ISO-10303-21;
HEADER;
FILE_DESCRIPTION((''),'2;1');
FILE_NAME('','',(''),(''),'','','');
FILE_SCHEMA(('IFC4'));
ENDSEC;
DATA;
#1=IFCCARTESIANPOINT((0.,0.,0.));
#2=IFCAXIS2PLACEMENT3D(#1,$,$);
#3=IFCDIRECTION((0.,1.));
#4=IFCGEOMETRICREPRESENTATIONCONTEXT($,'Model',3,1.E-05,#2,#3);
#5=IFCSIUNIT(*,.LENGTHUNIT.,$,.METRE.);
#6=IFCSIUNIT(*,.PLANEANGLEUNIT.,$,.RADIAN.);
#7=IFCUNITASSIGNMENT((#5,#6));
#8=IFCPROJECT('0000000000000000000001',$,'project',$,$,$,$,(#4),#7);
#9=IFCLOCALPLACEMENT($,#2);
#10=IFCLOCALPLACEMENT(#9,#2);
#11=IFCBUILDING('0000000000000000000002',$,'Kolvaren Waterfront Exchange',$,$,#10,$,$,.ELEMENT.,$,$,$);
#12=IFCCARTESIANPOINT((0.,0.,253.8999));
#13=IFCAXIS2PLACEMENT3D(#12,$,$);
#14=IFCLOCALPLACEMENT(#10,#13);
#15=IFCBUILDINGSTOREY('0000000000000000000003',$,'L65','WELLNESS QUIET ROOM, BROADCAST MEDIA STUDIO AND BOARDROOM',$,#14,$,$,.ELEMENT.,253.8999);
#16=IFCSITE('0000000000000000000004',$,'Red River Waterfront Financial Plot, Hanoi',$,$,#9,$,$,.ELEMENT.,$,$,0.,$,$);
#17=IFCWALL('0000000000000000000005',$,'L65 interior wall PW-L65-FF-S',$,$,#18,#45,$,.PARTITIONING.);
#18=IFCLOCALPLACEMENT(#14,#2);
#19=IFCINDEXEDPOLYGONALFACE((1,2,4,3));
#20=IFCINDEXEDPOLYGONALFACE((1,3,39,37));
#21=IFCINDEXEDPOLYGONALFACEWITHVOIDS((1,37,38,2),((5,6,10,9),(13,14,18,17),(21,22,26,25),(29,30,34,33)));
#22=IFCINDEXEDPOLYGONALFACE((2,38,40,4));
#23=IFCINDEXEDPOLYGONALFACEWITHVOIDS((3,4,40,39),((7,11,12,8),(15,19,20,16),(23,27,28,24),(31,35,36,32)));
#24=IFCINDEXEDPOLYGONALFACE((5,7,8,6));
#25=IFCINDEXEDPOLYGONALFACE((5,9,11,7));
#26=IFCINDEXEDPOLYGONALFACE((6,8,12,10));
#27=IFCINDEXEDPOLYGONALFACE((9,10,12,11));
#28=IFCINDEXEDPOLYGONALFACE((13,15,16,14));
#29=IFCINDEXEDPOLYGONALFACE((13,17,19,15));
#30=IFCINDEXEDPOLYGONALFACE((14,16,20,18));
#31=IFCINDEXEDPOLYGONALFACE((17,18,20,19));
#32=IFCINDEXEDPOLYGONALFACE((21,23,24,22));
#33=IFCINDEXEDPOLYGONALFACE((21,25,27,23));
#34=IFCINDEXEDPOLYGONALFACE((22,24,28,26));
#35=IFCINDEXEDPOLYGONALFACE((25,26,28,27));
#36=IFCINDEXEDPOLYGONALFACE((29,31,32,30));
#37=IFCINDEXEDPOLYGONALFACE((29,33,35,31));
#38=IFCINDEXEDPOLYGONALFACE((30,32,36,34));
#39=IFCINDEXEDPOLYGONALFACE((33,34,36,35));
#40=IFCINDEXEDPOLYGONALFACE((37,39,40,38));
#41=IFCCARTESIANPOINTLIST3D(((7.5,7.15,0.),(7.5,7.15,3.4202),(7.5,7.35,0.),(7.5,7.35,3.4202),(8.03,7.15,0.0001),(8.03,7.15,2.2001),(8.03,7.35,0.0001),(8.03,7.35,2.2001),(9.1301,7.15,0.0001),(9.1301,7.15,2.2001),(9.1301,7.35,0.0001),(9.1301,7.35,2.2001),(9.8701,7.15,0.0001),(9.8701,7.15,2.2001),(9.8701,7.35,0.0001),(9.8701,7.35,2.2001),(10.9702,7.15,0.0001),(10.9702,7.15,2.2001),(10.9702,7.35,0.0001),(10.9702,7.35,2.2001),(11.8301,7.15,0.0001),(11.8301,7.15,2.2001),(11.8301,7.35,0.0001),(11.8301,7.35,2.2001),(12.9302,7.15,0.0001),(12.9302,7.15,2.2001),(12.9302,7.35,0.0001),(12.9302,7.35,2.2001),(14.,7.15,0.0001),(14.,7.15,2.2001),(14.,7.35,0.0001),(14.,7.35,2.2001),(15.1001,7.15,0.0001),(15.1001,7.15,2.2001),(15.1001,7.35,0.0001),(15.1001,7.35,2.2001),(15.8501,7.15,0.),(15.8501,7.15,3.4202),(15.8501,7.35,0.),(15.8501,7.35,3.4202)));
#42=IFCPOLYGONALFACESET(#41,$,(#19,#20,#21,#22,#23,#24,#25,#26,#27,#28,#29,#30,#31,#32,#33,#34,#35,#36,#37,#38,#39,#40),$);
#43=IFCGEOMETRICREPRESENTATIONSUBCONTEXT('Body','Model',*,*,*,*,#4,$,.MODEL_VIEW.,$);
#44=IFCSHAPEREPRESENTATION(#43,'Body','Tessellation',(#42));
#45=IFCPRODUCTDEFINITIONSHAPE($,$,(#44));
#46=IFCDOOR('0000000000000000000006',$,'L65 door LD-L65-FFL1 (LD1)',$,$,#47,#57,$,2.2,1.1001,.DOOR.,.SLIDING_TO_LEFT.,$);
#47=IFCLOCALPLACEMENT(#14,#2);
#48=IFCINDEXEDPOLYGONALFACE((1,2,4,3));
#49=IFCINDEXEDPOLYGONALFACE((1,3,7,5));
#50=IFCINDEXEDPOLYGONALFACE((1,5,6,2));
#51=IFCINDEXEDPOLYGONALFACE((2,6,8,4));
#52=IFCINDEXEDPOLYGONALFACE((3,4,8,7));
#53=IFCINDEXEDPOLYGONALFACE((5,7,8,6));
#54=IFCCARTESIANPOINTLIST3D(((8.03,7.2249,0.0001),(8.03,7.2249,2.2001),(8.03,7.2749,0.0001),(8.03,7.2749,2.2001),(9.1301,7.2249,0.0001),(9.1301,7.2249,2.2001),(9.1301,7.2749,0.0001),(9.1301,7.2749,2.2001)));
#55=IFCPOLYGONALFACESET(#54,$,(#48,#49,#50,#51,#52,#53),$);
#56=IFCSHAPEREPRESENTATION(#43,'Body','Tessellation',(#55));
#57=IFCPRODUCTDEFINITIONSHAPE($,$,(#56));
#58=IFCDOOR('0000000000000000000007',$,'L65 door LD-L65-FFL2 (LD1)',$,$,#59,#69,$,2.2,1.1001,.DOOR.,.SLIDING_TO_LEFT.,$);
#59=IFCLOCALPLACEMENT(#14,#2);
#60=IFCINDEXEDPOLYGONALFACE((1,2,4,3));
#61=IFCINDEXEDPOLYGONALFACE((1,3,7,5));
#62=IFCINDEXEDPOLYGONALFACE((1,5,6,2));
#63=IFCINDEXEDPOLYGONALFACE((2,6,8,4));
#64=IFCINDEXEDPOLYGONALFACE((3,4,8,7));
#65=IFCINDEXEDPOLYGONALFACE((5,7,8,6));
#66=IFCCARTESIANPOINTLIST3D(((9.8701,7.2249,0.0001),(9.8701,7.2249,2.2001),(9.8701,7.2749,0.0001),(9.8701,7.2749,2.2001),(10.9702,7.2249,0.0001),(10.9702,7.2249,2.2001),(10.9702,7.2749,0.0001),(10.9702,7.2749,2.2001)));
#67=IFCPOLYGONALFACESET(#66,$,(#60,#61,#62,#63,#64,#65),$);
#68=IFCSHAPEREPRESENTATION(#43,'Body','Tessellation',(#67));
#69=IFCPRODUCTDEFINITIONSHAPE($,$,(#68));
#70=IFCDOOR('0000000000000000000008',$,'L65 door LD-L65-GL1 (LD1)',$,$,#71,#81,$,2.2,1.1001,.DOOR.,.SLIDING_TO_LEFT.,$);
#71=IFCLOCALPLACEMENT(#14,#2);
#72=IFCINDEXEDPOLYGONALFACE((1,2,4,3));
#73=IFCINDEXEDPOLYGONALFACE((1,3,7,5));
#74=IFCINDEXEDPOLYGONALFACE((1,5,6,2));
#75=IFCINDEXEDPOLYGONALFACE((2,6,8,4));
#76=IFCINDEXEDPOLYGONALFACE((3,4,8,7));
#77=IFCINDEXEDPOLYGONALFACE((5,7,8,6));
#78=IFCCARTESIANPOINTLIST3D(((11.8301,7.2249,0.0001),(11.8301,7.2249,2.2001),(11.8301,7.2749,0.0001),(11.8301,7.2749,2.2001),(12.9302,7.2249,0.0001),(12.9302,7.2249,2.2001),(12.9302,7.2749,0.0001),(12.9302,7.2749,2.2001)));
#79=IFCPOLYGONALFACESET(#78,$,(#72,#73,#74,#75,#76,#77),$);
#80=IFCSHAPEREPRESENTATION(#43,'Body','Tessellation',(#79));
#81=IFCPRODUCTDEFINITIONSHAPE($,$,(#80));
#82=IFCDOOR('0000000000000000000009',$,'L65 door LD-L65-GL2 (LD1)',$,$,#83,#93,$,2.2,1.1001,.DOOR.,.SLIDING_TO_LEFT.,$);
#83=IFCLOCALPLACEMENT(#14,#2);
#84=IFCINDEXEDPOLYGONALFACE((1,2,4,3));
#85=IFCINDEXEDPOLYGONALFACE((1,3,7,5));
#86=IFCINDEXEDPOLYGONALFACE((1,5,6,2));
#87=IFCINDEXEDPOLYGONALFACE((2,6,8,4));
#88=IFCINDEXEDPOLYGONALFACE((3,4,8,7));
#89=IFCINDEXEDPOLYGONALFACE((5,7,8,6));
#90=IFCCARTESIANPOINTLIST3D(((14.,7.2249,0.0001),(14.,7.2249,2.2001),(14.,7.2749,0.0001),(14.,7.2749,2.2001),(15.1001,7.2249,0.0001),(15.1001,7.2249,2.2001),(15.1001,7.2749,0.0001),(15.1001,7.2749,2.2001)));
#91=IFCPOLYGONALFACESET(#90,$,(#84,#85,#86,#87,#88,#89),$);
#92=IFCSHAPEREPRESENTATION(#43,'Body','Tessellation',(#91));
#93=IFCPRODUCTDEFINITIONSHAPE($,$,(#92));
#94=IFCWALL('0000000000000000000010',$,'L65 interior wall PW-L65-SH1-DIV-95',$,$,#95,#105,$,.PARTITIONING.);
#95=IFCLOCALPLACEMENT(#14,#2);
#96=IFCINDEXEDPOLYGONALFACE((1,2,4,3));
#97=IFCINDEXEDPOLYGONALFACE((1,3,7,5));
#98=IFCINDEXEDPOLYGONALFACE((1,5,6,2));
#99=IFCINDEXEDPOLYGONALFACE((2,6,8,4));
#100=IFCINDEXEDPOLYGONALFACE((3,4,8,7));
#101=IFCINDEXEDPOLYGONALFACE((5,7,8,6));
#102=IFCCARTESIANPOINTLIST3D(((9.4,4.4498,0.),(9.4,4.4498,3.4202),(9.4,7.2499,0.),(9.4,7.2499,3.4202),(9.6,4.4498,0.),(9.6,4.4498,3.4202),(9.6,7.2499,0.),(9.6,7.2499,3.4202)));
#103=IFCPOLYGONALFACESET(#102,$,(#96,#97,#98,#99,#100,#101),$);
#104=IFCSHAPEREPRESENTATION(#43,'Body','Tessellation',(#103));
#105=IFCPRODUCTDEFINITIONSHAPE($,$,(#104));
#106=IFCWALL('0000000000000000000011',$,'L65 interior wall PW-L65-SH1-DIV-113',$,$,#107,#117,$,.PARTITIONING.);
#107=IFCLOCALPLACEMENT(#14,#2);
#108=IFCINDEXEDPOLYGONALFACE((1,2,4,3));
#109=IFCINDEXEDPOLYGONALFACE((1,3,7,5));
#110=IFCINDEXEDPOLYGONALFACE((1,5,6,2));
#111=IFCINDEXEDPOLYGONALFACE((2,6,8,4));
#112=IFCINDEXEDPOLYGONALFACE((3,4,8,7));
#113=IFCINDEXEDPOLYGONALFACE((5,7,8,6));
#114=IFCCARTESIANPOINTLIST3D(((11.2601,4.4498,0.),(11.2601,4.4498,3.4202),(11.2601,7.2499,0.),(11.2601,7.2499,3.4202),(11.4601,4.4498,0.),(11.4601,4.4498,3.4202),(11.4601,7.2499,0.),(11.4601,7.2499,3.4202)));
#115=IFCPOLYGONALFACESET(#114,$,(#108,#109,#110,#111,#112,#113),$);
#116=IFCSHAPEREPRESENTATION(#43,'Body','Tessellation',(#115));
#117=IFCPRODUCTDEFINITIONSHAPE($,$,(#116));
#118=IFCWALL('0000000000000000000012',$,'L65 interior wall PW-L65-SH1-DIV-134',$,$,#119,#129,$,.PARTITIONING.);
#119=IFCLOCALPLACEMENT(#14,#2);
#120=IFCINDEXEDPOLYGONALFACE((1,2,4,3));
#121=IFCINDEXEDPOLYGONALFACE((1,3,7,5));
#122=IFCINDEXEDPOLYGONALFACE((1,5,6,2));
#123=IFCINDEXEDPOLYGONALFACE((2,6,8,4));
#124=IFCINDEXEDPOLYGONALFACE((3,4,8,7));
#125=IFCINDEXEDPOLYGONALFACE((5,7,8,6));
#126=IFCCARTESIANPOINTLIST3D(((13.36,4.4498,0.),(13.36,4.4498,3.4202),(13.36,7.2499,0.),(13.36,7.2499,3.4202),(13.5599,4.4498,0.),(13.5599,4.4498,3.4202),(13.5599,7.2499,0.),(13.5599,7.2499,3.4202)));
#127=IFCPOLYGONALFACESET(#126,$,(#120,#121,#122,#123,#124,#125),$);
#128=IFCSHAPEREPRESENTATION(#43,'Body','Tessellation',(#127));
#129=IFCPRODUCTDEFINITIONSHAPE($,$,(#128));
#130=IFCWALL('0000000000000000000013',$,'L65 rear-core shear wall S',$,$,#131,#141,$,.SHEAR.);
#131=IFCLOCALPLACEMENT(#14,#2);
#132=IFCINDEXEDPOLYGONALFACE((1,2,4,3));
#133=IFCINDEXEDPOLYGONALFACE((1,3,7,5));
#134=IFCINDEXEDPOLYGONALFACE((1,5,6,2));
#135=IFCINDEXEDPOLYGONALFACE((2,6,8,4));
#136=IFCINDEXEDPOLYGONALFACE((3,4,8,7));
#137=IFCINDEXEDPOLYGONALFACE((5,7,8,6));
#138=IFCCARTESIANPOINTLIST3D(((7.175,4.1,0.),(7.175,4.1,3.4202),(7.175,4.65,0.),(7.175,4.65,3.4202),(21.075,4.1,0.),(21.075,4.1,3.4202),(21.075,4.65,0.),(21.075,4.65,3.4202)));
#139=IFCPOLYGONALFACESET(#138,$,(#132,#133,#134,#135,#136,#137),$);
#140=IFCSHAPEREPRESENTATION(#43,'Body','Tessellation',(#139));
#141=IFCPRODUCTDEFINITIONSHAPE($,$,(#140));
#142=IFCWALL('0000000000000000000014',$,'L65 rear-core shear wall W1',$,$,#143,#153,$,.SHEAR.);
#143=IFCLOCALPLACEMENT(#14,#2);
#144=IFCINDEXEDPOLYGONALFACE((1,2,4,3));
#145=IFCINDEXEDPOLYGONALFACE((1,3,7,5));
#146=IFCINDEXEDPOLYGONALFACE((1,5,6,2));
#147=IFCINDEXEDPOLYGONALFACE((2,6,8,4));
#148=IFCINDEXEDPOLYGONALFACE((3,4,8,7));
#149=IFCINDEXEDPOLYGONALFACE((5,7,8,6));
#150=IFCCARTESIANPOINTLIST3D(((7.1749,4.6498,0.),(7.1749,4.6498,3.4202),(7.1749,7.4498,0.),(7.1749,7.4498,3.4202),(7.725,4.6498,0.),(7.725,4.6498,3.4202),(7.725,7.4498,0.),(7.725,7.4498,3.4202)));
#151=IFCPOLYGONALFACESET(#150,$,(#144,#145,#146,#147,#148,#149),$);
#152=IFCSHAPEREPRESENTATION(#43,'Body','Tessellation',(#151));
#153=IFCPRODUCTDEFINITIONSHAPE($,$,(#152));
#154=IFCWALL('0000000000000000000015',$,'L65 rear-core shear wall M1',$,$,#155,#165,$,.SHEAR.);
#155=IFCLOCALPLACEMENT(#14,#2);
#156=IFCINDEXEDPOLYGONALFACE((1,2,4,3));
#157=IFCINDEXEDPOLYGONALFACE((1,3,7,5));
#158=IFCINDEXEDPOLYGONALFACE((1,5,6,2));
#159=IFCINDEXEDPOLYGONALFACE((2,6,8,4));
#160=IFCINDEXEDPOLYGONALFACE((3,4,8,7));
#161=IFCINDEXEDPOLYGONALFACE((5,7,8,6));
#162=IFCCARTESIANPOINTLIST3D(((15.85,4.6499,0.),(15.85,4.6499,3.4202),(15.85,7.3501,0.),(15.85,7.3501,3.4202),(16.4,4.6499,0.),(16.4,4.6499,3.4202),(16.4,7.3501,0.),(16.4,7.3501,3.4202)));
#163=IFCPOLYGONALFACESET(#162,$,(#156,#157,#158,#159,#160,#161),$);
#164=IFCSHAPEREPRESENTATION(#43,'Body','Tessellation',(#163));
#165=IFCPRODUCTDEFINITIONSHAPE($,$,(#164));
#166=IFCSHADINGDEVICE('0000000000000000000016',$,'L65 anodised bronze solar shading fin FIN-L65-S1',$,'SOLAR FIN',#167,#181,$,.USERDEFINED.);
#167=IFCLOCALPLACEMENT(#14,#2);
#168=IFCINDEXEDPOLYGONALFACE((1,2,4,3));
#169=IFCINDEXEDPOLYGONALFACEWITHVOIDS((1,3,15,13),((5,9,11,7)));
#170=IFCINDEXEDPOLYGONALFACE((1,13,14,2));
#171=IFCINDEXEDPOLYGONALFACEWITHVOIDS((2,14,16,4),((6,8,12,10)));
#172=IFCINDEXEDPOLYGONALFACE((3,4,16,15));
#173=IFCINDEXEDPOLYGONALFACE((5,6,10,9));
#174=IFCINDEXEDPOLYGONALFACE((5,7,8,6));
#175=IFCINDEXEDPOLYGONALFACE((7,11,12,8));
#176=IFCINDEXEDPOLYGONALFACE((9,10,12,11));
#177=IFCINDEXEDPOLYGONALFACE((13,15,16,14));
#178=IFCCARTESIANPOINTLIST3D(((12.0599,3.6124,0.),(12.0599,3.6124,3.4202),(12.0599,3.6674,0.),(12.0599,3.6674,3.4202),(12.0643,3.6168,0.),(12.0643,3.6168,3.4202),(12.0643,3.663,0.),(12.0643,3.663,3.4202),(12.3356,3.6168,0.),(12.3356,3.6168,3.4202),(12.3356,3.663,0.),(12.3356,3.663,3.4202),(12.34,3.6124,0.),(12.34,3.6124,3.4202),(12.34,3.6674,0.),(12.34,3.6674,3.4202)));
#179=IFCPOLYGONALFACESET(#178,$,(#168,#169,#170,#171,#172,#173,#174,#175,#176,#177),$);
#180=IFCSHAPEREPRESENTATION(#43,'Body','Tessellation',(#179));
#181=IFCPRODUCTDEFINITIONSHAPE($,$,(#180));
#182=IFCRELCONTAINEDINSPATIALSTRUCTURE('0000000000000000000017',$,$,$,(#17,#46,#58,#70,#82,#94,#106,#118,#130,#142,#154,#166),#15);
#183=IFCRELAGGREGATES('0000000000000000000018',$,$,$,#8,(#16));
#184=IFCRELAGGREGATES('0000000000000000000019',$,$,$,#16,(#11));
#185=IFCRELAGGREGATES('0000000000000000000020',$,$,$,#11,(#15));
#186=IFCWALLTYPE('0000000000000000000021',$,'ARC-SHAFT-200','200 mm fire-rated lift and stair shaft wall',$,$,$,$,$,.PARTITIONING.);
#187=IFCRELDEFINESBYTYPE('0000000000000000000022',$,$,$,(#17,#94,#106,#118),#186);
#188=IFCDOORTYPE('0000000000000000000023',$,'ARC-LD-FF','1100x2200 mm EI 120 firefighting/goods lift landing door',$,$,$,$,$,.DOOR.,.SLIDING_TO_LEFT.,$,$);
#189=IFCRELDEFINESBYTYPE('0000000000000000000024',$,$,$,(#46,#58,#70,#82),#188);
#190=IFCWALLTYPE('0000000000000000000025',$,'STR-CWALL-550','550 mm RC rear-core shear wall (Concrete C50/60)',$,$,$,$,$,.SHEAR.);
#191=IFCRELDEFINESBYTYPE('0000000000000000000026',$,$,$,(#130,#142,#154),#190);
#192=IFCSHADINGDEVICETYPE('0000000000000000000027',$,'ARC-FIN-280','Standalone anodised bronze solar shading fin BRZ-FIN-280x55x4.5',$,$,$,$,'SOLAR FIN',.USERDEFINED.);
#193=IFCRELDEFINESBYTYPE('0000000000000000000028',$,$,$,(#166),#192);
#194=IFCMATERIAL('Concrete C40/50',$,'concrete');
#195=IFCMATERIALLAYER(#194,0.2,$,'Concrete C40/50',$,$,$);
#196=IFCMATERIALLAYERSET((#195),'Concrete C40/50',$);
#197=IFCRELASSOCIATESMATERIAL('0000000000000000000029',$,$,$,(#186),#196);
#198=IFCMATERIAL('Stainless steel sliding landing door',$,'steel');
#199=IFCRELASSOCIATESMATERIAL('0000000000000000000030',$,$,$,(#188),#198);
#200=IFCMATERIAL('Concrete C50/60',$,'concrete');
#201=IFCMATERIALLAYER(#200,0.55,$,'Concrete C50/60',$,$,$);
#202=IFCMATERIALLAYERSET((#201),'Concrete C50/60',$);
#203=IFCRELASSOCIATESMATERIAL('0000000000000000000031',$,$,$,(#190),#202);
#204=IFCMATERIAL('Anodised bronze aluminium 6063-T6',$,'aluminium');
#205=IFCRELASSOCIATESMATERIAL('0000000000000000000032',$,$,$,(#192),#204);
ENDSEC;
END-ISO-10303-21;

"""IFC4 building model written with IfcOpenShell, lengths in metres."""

from ifc_helpers import new_model, si_unit, direction, frame, frame_2d, origin, origin_2d, place, context, subcontext, project, spatial, rectangle, hollow_rectangle, extrude, material, layer, layer_set, material_profile, profile_set, type_object, element, fill, save


model = new_model("IFC4")

# Units and contexts
model_context = context("Model", 3, precision=1e-05, world=origin(), true_north=direction((0.0, 1.0)))
body_context = subcontext(model_context, "Body", "Model", "MODEL_VIEW")
ifc_project = project(units=[si_unit("LENGTHUNIT", "METRE"), si_unit("PLANEANGLEUNIT", "RADIAN")], contexts=[model_context])

# Site, building, storey
site_placement = place(None, origin())
site = spatial("IfcSite", under=ifc_project, at=site_placement, Name="Red River Waterfront Financial Plot, Hanoi", CompositionType="ELEMENT", RefElevation=0.0)
building_placement = place(site_placement, origin())
building = spatial("IfcBuilding", under=site, at=building_placement, Name="Kolvaren Waterfront Exchange", CompositionType="ELEMENT")
storey_placement = place(building_placement, frame((0.0, 0.0, 253.8999)))
storey = spatial("IfcBuildingStorey", under=building, at=storey_placement, Name="L65", Description="WELLNESS QUIET ROOM, BROADCAST MEDIA STUDIO AND BOARDROOM", CompositionType="ELEMENT", Elevation=253.8999)

# Shared definitions
ifc_material_1 = material(Name="Concrete C50/60", Category="concrete")

# Shared definitions
ifc_material_2 = material(Name="Anodised bronze aluminium 6063-T6", Category="aluminium")

# Shared definitions
ifc_material_3 = material(Name="Concrete C40/50", Category="concrete")
ifc_layer_1 = layer(ifc_material_3, 0.2, Name="Concrete C40/50")
ifc_layer_set_1 = layer_set([ifc_layer_1], Name="Concrete C40/50")
wall_type_1 = type_object("IfcWallType", Name="ARC-SHAFT-200", Description="200 mm fire-rated lift and stair shaft wall", PredefinedType="PARTITIONING", material=ifc_layer_set_1)

# Wall, openings, doors
wall_1_placement = place(storey_placement, frame((7.5, 7.25, 0.0), z_axis=(0.0, 0.0, 1.0), x_axis=(1.0, 0.0, 0.0)))
wall_1 = element("IfcWall", 1, at=wall_1_placement, inside=storey, type_object=wall_type_1, Name="L65 interior wall PW-L65-FF-S", PredefinedType="PARTITIONING", context=body_context, shape_type="SweptSolid", body=[
    extrude(rectangle(XDim=8.3501, YDim=0.2, at=frame_2d((4.175, 0.0))), origin(), (0.0, 0.0, 1.0), 3.4202),
])
opening_1_placement = place(wall_1_placement, frame((0.53, 0.0, 0.0)))
opening_1 = element("IfcOpeningElement", 2, at=opening_1_placement, cuts=wall_1, PredefinedType="OPENING", context=body_context, shape_type="SweptSolid", body=[
    extrude(rectangle(XDim=1.1001, YDim=2.2, at=frame_2d((0.55, 1.1001))), frame((0.0, 0.1099, 0.0), z_axis=(0.0, -1.0, 0.0), x_axis=(1.0, 0.0, 0.0)), (0.0, 0.0, 1.0), 0.22),
])
opening_2_placement = place(wall_1_placement, frame((2.3701, 0.0, 0.0)))
opening_2 = element("IfcOpeningElement", 3, at=opening_2_placement, cuts=wall_1, PredefinedType="OPENING", context=body_context, shape_type="SweptSolid", body=[
    extrude(rectangle(XDim=1.1001, YDim=2.2, at=frame_2d((0.55, 1.1001))), frame((0.0, 0.1099, 0.0), z_axis=(0.0, -1.0, 0.0), x_axis=(1.0, 0.0, 0.0)), (0.0, 0.0, 1.0), 0.22),
])
opening_3_placement = place(wall_1_placement, frame((4.3301, 0.0, 0.0)))
opening_3 = element("IfcOpeningElement", 4, at=opening_3_placement, cuts=wall_1, PredefinedType="OPENING", context=body_context, shape_type="SweptSolid", body=[
    extrude(rectangle(XDim=1.1001, YDim=2.2, at=frame_2d((0.55, 1.1001))), frame((0.0, 0.1099, 0.0), z_axis=(0.0, -1.0, 0.0), x_axis=(1.0, 0.0, 0.0)), (0.0, 0.0, 1.0), 0.22),
])
opening_4_placement = place(wall_1_placement, frame((6.5, 0.0, 0.0)))
opening_4 = element("IfcOpeningElement", 5, at=opening_4_placement, cuts=wall_1, PredefinedType="OPENING", context=body_context, shape_type="SweptSolid", body=[
    extrude(rectangle(XDim=1.1001, YDim=2.2, at=frame_2d((0.55, 1.1001))), frame((0.0, 0.1099, 0.0), z_axis=(0.0, -1.0, 0.0), x_axis=(1.0, 0.0, 0.0)), (0.0, 0.0, 1.0), 0.22),
])
ifc_material_4 = material(Name="Stainless steel sliding landing door", Category="steel")
door_type = type_object("IfcDoorType", Name="ARC-LD-FF", Description="1100x2200 mm EI 120 firefighting/goods lift landing door", OperationType="SLIDING_TO_LEFT", PredefinedType="DOOR", material=ifc_material_4)
door_1_placement = place(opening_1_placement, origin())
door_1 = element("IfcDoor", 6, at=door_1_placement, inside=storey, type_object=door_type, Name="L65 door LD-L65-FFL1 (LD1)", OperationType="SLIDING_TO_LEFT", OverallHeight=2.2, OverallWidth=1.1001, PredefinedType="DOOR", context=body_context, shape_type="SweptSolid", body=[
    extrude(rectangle(XDim=1.1001, YDim=2.2, at=frame_2d((0.55, 1.1001))), frame((0.0, 0.0249, 0.0), z_axis=(0.0, -1.0, 0.0), x_axis=(1.0, 0.0, 0.0)), (0.0, 0.0, 1.0), 0.05),
])
fill(opening_1, door_1)
door_2_placement = place(opening_2_placement, origin())
door_2 = element("IfcDoor", 7, at=door_2_placement, inside=storey, type_object=door_type, Name="L65 door LD-L65-FFL2 (LD1)", OperationType="SLIDING_TO_LEFT", OverallHeight=2.2, OverallWidth=1.1001, PredefinedType="DOOR", context=body_context, shape_type="SweptSolid", body=[
    extrude(rectangle(XDim=1.1001, YDim=2.2, at=frame_2d((0.55, 1.1001))), frame((0.0, 0.0249, 0.0), z_axis=(0.0, -1.0, 0.0), x_axis=(1.0, 0.0, 0.0)), (0.0, 0.0, 1.0), 0.05),
])
fill(opening_2, door_2)
door_3_placement = place(opening_3_placement, origin())
door_3 = element("IfcDoor", 8, at=door_3_placement, inside=storey, type_object=door_type, Name="L65 door LD-L65-GL1 (LD1)", OperationType="SLIDING_TO_LEFT", OverallHeight=2.2, OverallWidth=1.1001, PredefinedType="DOOR", context=body_context, shape_type="SweptSolid", body=[
    extrude(rectangle(XDim=1.1001, YDim=2.2, at=frame_2d((0.55, 1.1001))), frame((0.0, 0.0249, 0.0), z_axis=(0.0, -1.0, 0.0), x_axis=(1.0, 0.0, 0.0)), (0.0, 0.0, 1.0), 0.05),
])
fill(opening_3, door_3)
door_4_placement = place(opening_4_placement, origin())
door_4 = element("IfcDoor", 9, at=door_4_placement, inside=storey, type_object=door_type, Name="L65 door LD-L65-GL2 (LD1)", OperationType="SLIDING_TO_LEFT", OverallHeight=2.2, OverallWidth=1.1001, PredefinedType="DOOR", context=body_context, shape_type="SweptSolid", body=[
    extrude(rectangle(XDim=1.1001, YDim=2.2, at=frame_2d((0.55, 1.1001))), frame((0.0, 0.0249, 0.0), z_axis=(0.0, -1.0, 0.0), x_axis=(1.0, 0.0, 0.0)), (0.0, 0.0, 1.0), 0.05),
])
fill(opening_4, door_4)

# Walls
for number, where, z_axis, x_axis, name in (
    (10, (9.5, 4.45, 0.0), (0.0, 0.0, 1.0), (0.0, 1.0, 0.0), "L65 interior wall PW-L65-SH1-DIV-95"),
    (11, (11.3601, 4.45, 0.0), (0.0, 0.0, 1.0), (0.0, 1.0, 0.0), "L65 interior wall PW-L65-SH1-DIV-113"),
    (12, (13.46, 4.45, 0.0), (0.0, 0.0, 1.0), (0.0, 1.0, 0.0), "L65 interior wall PW-L65-SH1-DIV-134"),
):
    element("IfcWall", number, at=place(storey_placement, frame(where, z_axis=z_axis, x_axis=x_axis)), inside=storey, type_object=wall_type_1, Name=name, PredefinedType="PARTITIONING", context=body_context, shape_type="SweptSolid", body=[
        extrude(rectangle(XDim=2.8, YDim=0.2, at=frame_2d((1.3999, 0.0))), origin(), (0.0, 0.0, 1.0), 3.4202),
    ])
ifc_layer_2 = layer(ifc_material_1, 0.55, Name="Concrete C50/60")
ifc_layer_set_2 = layer_set([ifc_layer_2], Name="Concrete C50/60")
wall_type_2 = type_object("IfcWallType", Name="STR-CWALL-550", Description="550 mm RC rear-core shear wall (Concrete C50/60)", PredefinedType="SHEAR", material=ifc_layer_set_2)
wall_2_placement = place(storey_placement, frame((7.175, 4.375, 0.0), z_axis=(0.0, 0.0, 1.0), x_axis=(1.0, 0.0, 0.0)))
element("IfcWall", 13, at=wall_2_placement, inside=storey, type_object=wall_type_2, Name="L65 rear-core shear wall S", PredefinedType="SHEAR", context=body_context, shape_type="SweptSolid", body=[
    extrude(rectangle(XDim=13.8999, YDim=0.55, at=frame_2d((6.95, 0.0))), origin(), (0.0, 0.0, 1.0), 3.4202),
])
wall_3_placement = place(storey_placement, frame((7.45, 4.6499, 0.0), z_axis=(0.0, 0.0, 1.0), x_axis=(0.0, 1.0, 0.0)))
element("IfcWall", 14, at=wall_3_placement, inside=storey, type_object=wall_type_2, Name="L65 rear-core shear wall W1", PredefinedType="SHEAR", context=body_context, shape_type="SweptSolid", body=[
    extrude(rectangle(XDim=2.8, YDim=0.55, at=frame_2d((1.3999, 0.0))), origin(), (0.0, 0.0, 1.0), 3.4202),
])
wall_4_placement = place(storey_placement, frame((16.125, 4.6499, 0.0), z_axis=(0.0, 0.0, 1.0), x_axis=(0.0, 1.0, 0.0)))
element("IfcWall", 15, at=wall_4_placement, inside=storey, type_object=wall_type_2, Name="L65 rear-core shear wall M1", PredefinedType="SHEAR", context=body_context, shape_type="SweptSolid", body=[
    extrude(rectangle(XDim=2.7002, YDim=0.55, at=frame_2d((1.3501, 0.0))), origin(), (0.0, 0.0, 1.0), 3.4202),
])

# Shading device
ifc_material_profile_1 = material_profile(ifc_material_2, hollow_rectangle(XDim=0.0549, YDim=0.28, WallThickness=0.0044, at=origin_2d()), Name="BRZ-FIN-280x55x4.5")
ifc_profile_set_1 = profile_set([ifc_material_profile_1], Name="Anodised bronze aluminium 6063-T6")
shading_device_type = type_object("IfcShadingDeviceType", Name="ARC-FIN-280", Description="Standalone anodised bronze solar shading fin BRZ-FIN-280x55x4.5", ElementType="SOLAR FIN", PredefinedType="USERDEFINED", material=ifc_profile_set_1)
shading_device_placement = place(storey_placement, frame((12.2, 3.6399, 0.0), z_axis=(0.0, 0.0, 1.0), x_axis=(0.0, -1.0, 0.0)))
element("IfcShadingDevice", 16, at=shading_device_placement, inside=storey, type_object=shading_device_type, Name="L65 anodised bronze solar shading fin FIN-L65-S1", ObjectType="SOLAR FIN", PredefinedType="USERDEFINED", context=body_context, shape_type="SweptSolid", body=[
    extrude(hollow_rectangle(XDim=0.0549, YDim=0.28, WallThickness=0.0044, at=origin_2d()), origin(), (0.0, 0.0, 1.0), 3.4202),
])

save(model, "model.ifc")
